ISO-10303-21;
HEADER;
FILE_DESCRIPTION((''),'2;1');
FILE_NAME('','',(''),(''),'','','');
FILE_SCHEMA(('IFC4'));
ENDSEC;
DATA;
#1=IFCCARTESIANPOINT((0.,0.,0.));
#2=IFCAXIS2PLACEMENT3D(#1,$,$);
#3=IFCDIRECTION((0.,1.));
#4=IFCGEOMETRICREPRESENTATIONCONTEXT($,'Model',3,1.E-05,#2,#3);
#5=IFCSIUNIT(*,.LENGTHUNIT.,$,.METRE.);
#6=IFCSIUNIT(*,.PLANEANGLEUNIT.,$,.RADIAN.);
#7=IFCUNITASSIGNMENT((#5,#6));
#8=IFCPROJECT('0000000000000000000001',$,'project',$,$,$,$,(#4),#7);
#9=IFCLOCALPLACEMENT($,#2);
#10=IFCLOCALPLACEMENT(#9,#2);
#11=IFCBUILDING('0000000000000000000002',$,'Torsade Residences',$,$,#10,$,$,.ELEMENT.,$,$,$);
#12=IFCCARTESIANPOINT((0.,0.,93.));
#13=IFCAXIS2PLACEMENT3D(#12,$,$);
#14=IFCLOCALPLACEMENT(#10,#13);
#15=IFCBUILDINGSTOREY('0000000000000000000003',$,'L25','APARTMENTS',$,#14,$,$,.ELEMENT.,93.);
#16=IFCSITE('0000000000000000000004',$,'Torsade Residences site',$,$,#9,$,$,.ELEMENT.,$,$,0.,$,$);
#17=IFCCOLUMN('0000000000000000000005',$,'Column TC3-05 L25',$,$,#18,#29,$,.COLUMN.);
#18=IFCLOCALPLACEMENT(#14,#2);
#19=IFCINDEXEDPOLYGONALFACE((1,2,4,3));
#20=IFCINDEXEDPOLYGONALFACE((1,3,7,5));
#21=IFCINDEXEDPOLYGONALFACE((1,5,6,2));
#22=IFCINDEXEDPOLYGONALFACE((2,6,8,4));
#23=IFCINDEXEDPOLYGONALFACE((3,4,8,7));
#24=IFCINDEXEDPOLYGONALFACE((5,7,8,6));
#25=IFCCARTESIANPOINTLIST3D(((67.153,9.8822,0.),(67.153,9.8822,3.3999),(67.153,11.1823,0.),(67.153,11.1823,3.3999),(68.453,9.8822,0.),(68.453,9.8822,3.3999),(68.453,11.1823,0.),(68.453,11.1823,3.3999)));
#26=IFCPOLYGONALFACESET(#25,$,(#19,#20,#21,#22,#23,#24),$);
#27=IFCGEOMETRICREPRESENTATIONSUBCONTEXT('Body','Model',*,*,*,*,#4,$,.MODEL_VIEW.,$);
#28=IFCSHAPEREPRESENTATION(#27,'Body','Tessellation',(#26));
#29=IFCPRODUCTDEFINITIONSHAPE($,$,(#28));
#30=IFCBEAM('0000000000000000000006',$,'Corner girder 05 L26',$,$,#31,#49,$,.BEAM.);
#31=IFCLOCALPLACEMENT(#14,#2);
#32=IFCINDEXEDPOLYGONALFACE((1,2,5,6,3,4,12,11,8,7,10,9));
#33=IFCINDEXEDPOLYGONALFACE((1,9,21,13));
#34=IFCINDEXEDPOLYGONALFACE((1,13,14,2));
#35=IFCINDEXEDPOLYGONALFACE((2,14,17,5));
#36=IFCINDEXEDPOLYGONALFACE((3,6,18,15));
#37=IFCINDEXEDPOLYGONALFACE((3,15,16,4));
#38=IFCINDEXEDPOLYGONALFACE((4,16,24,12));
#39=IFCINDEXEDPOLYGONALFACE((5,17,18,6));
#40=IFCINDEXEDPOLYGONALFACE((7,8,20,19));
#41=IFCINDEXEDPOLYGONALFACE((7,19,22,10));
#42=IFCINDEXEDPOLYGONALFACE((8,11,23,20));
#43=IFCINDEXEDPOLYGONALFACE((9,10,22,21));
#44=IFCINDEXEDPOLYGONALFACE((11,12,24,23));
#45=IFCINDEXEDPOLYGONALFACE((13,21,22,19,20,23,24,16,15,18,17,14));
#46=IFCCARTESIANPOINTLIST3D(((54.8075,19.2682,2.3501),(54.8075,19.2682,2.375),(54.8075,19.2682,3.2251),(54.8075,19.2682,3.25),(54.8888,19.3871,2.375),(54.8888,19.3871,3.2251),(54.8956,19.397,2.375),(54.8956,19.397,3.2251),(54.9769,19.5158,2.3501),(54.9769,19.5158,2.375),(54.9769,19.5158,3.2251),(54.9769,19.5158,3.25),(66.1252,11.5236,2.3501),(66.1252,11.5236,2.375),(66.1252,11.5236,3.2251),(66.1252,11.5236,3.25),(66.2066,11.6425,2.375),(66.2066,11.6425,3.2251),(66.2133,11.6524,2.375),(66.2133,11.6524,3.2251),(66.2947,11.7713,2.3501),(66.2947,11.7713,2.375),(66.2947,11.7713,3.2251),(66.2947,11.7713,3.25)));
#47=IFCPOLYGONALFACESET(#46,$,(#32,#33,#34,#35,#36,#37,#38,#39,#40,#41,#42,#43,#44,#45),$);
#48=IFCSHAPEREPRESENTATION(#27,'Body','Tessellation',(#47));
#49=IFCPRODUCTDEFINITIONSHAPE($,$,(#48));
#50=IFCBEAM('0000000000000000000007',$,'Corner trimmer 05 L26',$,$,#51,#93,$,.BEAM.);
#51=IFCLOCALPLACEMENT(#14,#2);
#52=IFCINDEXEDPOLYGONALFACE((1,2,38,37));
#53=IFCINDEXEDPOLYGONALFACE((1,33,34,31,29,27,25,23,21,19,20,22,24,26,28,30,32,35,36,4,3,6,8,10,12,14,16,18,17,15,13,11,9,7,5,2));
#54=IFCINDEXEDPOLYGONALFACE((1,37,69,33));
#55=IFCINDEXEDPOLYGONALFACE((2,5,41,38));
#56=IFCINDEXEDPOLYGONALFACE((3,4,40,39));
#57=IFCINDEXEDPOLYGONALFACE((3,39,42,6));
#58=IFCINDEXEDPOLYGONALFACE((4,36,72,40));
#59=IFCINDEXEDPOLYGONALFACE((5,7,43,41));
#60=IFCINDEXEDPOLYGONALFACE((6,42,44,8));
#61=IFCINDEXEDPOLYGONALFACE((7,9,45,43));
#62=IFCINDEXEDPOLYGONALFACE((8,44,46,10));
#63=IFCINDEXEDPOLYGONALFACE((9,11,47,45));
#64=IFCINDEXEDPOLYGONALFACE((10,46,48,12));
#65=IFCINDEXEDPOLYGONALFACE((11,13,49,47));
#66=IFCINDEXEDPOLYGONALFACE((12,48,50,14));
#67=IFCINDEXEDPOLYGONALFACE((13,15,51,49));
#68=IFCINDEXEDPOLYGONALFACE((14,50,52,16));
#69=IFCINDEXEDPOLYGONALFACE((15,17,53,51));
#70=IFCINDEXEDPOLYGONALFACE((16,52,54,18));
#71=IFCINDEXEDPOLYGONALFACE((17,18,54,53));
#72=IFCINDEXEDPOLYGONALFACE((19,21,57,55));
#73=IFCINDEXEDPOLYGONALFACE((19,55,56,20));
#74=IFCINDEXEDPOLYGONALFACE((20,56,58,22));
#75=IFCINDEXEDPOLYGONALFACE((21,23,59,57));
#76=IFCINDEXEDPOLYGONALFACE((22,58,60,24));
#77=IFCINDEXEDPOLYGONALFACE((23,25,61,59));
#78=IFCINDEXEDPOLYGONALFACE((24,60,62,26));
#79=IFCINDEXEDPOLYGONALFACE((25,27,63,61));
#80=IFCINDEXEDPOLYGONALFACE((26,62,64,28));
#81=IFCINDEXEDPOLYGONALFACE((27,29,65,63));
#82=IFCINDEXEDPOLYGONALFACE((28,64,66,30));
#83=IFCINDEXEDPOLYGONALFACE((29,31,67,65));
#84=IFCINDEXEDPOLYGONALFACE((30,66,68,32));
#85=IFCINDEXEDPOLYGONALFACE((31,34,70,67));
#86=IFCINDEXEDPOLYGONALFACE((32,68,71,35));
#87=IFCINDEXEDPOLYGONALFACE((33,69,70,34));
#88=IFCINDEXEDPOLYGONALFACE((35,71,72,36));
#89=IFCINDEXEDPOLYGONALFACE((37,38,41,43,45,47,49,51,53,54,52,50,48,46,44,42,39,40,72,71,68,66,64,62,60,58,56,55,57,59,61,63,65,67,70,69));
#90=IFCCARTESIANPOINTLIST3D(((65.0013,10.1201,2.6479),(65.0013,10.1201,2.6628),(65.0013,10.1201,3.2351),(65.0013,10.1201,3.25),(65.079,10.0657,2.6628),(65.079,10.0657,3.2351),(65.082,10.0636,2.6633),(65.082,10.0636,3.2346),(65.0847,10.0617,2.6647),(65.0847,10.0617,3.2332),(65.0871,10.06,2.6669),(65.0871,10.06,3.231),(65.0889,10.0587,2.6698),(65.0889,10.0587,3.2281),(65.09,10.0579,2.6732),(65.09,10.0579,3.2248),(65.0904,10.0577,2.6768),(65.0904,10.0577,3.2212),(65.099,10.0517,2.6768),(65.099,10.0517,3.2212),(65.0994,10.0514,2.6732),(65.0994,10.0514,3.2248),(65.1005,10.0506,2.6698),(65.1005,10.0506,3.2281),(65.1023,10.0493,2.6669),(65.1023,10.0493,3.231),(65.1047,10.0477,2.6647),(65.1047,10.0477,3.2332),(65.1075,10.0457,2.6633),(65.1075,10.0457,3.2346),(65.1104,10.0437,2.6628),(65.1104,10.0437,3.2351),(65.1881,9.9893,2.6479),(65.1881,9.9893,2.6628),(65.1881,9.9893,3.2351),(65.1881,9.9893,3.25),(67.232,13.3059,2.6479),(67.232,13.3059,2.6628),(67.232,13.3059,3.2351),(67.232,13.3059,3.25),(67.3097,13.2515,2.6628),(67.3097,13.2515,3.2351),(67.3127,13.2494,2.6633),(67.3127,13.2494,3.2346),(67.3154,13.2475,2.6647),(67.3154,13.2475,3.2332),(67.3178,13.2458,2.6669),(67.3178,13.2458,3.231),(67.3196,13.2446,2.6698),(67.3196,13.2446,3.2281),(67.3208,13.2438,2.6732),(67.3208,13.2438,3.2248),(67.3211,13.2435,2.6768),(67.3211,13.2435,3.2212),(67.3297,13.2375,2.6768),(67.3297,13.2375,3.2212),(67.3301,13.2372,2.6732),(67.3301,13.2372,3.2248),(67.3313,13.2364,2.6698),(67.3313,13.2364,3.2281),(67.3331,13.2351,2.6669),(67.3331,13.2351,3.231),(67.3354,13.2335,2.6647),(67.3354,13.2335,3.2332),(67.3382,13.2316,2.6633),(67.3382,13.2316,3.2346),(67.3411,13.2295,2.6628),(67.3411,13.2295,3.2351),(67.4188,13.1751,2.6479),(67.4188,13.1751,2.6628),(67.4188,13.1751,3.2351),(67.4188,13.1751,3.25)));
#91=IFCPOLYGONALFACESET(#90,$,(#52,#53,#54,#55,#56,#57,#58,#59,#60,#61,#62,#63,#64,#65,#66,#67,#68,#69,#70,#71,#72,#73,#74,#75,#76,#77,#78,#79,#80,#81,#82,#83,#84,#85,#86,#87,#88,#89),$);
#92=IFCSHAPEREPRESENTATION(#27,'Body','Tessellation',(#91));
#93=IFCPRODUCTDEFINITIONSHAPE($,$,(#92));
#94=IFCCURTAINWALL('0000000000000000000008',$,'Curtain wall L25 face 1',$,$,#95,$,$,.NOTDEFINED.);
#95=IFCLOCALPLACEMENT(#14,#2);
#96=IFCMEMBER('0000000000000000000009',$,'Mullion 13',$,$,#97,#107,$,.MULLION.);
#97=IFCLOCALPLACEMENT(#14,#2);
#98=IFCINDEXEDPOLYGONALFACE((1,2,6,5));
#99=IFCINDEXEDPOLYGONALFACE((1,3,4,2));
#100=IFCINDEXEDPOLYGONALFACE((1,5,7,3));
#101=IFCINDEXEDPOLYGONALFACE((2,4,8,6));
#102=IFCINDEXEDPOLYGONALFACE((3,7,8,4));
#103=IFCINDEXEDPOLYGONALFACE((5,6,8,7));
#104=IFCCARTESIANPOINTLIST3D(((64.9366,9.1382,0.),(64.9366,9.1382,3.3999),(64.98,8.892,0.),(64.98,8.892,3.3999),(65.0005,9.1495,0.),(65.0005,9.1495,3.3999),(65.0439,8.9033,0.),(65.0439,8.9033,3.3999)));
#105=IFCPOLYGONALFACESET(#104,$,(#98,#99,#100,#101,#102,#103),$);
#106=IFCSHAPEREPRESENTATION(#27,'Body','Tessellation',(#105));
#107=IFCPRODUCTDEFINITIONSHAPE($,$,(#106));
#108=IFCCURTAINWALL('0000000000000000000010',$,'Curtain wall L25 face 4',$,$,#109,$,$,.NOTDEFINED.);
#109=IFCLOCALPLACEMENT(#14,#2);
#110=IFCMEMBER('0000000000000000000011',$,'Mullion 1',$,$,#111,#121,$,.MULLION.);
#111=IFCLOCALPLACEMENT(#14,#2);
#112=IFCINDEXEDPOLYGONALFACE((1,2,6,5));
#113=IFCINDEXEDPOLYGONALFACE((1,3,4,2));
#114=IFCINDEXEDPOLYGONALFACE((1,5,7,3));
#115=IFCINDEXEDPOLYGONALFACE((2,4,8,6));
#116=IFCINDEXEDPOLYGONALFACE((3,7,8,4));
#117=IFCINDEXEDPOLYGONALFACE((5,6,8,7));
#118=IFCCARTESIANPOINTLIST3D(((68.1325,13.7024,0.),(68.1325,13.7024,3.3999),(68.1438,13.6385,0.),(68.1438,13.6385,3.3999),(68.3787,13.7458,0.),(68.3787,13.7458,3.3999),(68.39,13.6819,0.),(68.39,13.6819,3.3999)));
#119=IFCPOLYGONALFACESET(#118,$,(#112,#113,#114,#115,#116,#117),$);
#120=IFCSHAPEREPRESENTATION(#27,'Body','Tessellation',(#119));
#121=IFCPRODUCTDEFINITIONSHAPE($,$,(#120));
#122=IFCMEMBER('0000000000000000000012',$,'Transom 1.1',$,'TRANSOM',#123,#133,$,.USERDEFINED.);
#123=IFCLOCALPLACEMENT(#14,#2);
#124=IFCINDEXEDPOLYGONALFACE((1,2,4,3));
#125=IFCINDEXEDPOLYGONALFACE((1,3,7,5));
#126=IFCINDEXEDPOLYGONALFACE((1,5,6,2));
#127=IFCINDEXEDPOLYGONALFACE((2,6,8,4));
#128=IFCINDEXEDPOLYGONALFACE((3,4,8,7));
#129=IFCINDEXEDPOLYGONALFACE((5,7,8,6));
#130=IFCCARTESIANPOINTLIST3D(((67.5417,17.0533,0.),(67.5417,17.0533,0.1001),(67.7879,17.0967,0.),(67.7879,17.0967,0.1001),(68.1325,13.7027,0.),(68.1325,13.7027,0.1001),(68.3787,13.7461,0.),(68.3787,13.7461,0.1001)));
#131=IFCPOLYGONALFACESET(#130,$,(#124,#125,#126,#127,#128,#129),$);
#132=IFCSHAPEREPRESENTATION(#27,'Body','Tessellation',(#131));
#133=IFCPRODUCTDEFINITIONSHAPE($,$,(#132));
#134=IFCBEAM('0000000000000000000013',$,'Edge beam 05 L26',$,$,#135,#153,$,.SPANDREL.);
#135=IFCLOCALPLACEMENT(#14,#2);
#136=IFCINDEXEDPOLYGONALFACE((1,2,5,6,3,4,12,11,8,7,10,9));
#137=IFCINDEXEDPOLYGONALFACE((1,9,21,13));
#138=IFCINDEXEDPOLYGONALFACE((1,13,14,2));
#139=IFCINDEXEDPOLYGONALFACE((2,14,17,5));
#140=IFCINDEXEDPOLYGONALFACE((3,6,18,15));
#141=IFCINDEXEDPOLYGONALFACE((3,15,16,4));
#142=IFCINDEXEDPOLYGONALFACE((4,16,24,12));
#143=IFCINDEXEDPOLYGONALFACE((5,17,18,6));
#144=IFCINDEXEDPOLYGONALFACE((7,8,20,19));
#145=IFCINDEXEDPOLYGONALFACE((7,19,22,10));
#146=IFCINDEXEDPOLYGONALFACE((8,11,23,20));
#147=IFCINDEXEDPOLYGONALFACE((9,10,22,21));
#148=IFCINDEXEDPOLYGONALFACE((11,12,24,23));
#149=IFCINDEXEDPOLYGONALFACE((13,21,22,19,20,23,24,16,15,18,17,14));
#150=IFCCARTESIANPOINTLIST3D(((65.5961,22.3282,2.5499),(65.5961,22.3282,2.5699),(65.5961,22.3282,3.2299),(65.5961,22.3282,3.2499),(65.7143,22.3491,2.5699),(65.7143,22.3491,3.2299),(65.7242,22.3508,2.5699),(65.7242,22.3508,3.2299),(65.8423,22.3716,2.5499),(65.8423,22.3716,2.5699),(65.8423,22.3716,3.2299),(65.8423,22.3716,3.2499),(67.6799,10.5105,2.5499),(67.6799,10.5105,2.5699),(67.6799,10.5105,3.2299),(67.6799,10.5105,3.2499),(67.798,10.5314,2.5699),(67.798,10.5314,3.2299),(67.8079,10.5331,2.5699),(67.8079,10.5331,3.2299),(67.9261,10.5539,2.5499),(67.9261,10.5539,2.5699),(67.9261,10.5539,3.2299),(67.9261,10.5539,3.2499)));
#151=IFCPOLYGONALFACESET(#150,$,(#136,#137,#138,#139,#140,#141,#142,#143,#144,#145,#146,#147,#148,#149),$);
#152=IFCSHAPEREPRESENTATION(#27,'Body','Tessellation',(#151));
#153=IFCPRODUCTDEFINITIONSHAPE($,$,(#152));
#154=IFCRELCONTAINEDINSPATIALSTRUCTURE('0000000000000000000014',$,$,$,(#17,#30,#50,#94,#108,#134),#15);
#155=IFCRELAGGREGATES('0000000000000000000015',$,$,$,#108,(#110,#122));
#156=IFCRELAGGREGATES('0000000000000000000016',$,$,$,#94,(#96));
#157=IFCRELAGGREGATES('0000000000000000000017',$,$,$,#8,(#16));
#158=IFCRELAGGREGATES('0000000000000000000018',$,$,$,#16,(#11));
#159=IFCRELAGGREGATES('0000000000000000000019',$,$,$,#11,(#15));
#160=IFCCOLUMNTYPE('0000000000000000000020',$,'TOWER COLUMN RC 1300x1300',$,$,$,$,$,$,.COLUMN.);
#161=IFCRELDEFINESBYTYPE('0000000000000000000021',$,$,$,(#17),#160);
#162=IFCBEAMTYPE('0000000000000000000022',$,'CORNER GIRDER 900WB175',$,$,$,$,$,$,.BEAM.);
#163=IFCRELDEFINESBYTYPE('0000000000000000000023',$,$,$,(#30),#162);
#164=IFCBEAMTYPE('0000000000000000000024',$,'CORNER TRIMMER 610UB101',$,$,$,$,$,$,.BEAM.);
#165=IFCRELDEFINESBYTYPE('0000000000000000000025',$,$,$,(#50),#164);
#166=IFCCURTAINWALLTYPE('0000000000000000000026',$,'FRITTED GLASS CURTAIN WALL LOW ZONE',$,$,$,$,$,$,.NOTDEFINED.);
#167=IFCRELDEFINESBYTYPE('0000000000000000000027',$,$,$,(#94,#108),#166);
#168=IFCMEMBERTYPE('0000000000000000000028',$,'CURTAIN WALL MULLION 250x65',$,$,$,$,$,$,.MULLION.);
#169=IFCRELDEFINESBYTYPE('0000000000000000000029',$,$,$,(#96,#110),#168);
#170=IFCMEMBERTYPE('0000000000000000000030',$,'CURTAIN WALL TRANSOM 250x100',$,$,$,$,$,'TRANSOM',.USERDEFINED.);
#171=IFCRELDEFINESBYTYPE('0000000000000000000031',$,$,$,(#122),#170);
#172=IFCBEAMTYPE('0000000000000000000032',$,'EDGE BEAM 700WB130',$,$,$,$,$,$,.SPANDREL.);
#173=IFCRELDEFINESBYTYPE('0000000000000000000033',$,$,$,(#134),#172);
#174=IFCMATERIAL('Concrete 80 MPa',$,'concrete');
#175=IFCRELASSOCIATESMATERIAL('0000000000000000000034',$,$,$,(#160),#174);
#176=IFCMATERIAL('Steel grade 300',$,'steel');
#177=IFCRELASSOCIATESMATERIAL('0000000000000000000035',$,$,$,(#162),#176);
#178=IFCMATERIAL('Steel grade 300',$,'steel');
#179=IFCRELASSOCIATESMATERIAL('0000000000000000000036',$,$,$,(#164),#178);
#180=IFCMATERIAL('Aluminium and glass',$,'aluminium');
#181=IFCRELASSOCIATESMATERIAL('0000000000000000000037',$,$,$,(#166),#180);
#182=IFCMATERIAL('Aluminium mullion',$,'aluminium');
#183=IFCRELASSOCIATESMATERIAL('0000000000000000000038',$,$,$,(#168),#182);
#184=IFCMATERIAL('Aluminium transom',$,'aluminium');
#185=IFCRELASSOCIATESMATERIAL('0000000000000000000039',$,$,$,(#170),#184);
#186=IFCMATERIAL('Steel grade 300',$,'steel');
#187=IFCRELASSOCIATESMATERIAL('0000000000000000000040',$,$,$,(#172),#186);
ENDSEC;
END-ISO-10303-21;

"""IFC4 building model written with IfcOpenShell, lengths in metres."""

from ifc_helpers import new_model, si_unit, direction, frame, origin, origin_2d, place, context, subcontext, project, spatial, rectangle, i_section, extrude, material, material_profile, profile_set, type_object, element, aggregate, save


model = new_model("IFC4")

# Units and contexts
model_context = context("Model", 3, precision=1e-05, world=origin(), true_north=direction((0.0, 1.0)))
body_context = subcontext(model_context, "Body", "Model", "MODEL_VIEW")
ifc_project = project(units=[si_unit("LENGTHUNIT", "METRE"), si_unit("PLANEANGLEUNIT", "RADIAN")], contexts=[model_context])

# Site, building, storey
site_placement = place(None, origin())
site = spatial("IfcSite", under=ifc_project, at=site_placement, Name="Torsade Residences site", CompositionType="ELEMENT", RefElevation=0.0)
building_placement = place(site_placement, origin())
building = spatial("IfcBuilding", under=site, at=building_placement, Name="Torsade Residences", CompositionType="ELEMENT")
storey_placement = place(building_placement, frame((0.0, 0.0, 93.0)))
storey = spatial("IfcBuildingStorey", under=building, at=storey_placement, Name="L25", Description="APARTMENTS", CompositionType="ELEMENT", Elevation=93.0)

# Column
ifc_material_1 = material(Name="Concrete 80 MPa", Category="concrete")
ifc_material_profile_1 = material_profile(ifc_material_1, rectangle(XDim=1.3, YDim=1.3, at=origin_2d()), Name="RC 1300x1300")
ifc_profile_set_1 = profile_set([ifc_material_profile_1], Name="Concrete 80 MPa")
column_type = type_object("IfcColumnType", Name="TOWER COLUMN RC 1300x1300", PredefinedType="COLUMN", material=ifc_profile_set_1)
column_placement = place(storey_placement, frame((67.803, 10.5322, 0.0), z_axis=(0.0, 0.0, 1.0), x_axis=(1.0, 0.0, 0.0)))
element("IfcColumn", 1, at=column_placement, inside=storey, type_object=column_type, Name="Column TC3-05 L25", PredefinedType="COLUMN", context=body_context, shape_type="SweptSolid", body=[
    extrude(rectangle(XDim=1.3, YDim=1.3, at=origin_2d()), origin(), (0.0, 0.0, 1.0), 3.3999),
])

# Beams
ifc_material_2 = material(Name="Steel grade 300", Category="steel")
ifc_material_profile_2 = material_profile(ifc_material_2, i_section(OverallWidth=0.3, OverallDepth=0.8999, WebThickness=0.012, FlangeThickness=0.0249, at=origin_2d()), Name="900WB175")
ifc_profile_set_2 = profile_set([ifc_material_profile_2], Name="Steel grade 300")
beam_type_1 = type_object("IfcBeamType", Name="CORNER GIRDER 900WB175", PredefinedType="BEAM", material=ifc_profile_set_2)
beam_1_placement = place(storey_placement, frame((66.21, 11.6475, 2.8), z_axis=(-0.825279, 0.564725, 0.0), x_axis=(-0.564725, -0.825279, 0.0)))
element("IfcBeam", 2, at=beam_1_placement, inside=storey, type_object=beam_type_1, Name="Corner girder 05 L26", PredefinedType="BEAM", context=body_context, shape_type="SweptSolid", body=[
    extrude(i_section(OverallWidth=0.3, OverallDepth=0.8999, WebThickness=0.012, FlangeThickness=0.0249, at=origin_2d()), origin(), (0.0, 0.0, 1.0), 13.7139),
])
ifc_material_3 = material(Name="Steel grade 300", Category="steel")
ifc_material_profile_3 = material_profile(ifc_material_3, i_section(OverallWidth=0.228, OverallDepth=0.6021, WebThickness=0.0105, FlangeThickness=0.0149, FilletRadius=0.0139, at=origin_2d()), Name="610UB101")
ifc_profile_set_3 = profile_set([ifc_material_profile_3], Name="Steel grade 300")
beam_type_2 = type_object("IfcBeamType", Name="CORNER TRIMMER 610UB101", PredefinedType="BEAM", material=ifc_profile_set_3)
beam_2_placement = place(storey_placement, frame((67.3254, 13.2405, 2.949), z_axis=(-0.573576, -0.819152, 0.0), x_axis=(0.819152, -0.573576, 0.0)))
element("IfcBeam", 3, at=beam_2_placement, inside=storey, type_object=beam_type_2, Name="Corner trimmer 05 L26", PredefinedType="BEAM", context=body_context, shape_type="SweptSolid", body=[
    extrude(i_section(OverallWidth=0.228, OverallDepth=0.6021, WebThickness=0.0105, FlangeThickness=0.0149, FilletRadius=0.0139, at=origin_2d()), origin(), (0.0, 0.0, 1.0), 3.8892),
])

# Curtain wall, member
ifc_material_4 = material(Name="Aluminium and glass", Category="aluminium")
curtain_wall_type = type_object("IfcCurtainWallType", Name="FRITTED GLASS CURTAIN WALL LOW ZONE", PredefinedType="NOTDEFINED", material=ifc_material_4)
curtain_wall_1_placement = place(storey_placement, origin())
curtain_wall_1 = element("IfcCurtainWall", 4, at=curtain_wall_1_placement, inside=storey, type_object=curtain_wall_type, Name="Curtain wall L25 face 1", PredefinedType="NOTDEFINED")
ifc_material_5 = material(Name="Aluminium mullion", Category="aluminium")
ifc_material_profile_4 = material_profile(ifc_material_5, rectangle(XDim=0.25, YDim=0.0649, at=origin_2d()), Name="CURTAIN WALL MULLION 250x65")
ifc_profile_set_4 = profile_set([ifc_material_profile_4], Name="Aluminium mullion")
member_type_1 = type_object("IfcMemberType", Name="CURTAIN WALL MULLION 250x65", PredefinedType="MULLION", material=ifc_profile_set_4)
member_1_placement = place(storey_placement, frame((64.9902, 9.0208, 0.0), z_axis=(0.0, 0.0, 1.0), x_axis=(-0.173648, 0.984808, 0.0)))
member_1 = element("IfcMember", 5, at=member_1_placement, type_object=member_type_1, Name="Mullion 13", PredefinedType="MULLION", context=body_context, shape_type="SweptSolid", body=[
    extrude(rectangle(XDim=0.25, YDim=0.0649, at=origin_2d()), origin(), (0.0, 0.0, 1.0), 3.3999),
])

# Curtain wall, members
curtain_wall_2_placement = place(storey_placement, origin())
curtain_wall_2 = element("IfcCurtainWall", 6, at=curtain_wall_2_placement, inside=storey, type_object=curtain_wall_type, Name="Curtain wall L25 face 4", PredefinedType="NOTDEFINED")
member_2_placement = place(storey_placement, frame((68.2612, 13.6921, 0.0), z_axis=(0.0, 0.0, 1.0), x_axis=(-0.984808, -0.173648, 0.0)))
member_2 = element("IfcMember", 7, at=member_2_placement, type_object=member_type_1, Name="Mullion 1", PredefinedType="MULLION", context=body_context, shape_type="SweptSolid", body=[
    extrude(rectangle(XDim=0.25, YDim=0.0649, at=origin_2d()), origin(), (0.0, 0.0, 1.0), 3.3999),
])
ifc_material_6 = material(Name="Aluminium transom", Category="aluminium")
ifc_material_profile_5 = material_profile(ifc_material_6, rectangle(XDim=0.25, YDim=0.1001, at=origin_2d()), Name="CURTAIN WALL TRANSOM 250x100")
ifc_profile_set_5 = profile_set([ifc_material_profile_5], Name="Aluminium transom")
member_type_2 = type_object("IfcMemberType", Name="CURTAIN WALL TRANSOM 250x100", ElementType="TRANSOM", PredefinedType="USERDEFINED", material=ifc_profile_set_5)
member_3_placement = place(storey_placement, frame((68.2556, 13.7244, 0.05), z_axis=(-0.173654, 0.984807, 0.0), x_axis=(-0.984807, -0.173654, 0.0)))
member_3 = element("IfcMember", 8, at=member_3_placement, type_object=member_type_2, Name="Transom 1.1", ObjectType="TRANSOM", PredefinedType="USERDEFINED", context=body_context, shape_type="SweptSolid", body=[
    extrude(rectangle(XDim=0.25, YDim=0.1001, at=origin_2d()), origin(), (0.0, 0.0, 1.0), 3.4023),
])
aggregate(curtain_wall_2, [member_2, member_3])

# Beam
ifc_material_7 = material(Name="Steel grade 300", Category="steel")
ifc_material_profile_6 = material_profile(ifc_material_7, i_section(OverallWidth=0.25, OverallDepth=0.7, WebThickness=0.01, FlangeThickness=0.02, at=origin_2d()), Name="700WB130")
ifc_profile_set_6 = profile_set([ifc_material_profile_6], Name="Steel grade 300")
beam_type_3 = type_object("IfcBeamType", Name="EDGE BEAM 700WB130", PredefinedType="SPANDREL", material=ifc_profile_set_6)
beam_3_placement = place(storey_placement, frame((67.803, 10.5322, 2.8999), z_axis=(-0.173646, 0.984808, 0.0), x_axis=(-0.984808, -0.173646, 0.0)))
element("IfcBeam", 9, at=beam_3_placement, inside=storey, type_object=beam_type_3, Name="Edge beam 05 L26", PredefinedType="SPANDREL", context=body_context, shape_type="SweptSolid", body=[
    extrude(i_section(OverallWidth=0.25, OverallDepth=0.7, WebThickness=0.01, FlangeThickness=0.02, at=origin_2d()), origin(), (0.0, 0.0, 1.0), 12.0),
])

aggregate(curtain_wall_1, [member_1])

save(model, "model.ifc")
